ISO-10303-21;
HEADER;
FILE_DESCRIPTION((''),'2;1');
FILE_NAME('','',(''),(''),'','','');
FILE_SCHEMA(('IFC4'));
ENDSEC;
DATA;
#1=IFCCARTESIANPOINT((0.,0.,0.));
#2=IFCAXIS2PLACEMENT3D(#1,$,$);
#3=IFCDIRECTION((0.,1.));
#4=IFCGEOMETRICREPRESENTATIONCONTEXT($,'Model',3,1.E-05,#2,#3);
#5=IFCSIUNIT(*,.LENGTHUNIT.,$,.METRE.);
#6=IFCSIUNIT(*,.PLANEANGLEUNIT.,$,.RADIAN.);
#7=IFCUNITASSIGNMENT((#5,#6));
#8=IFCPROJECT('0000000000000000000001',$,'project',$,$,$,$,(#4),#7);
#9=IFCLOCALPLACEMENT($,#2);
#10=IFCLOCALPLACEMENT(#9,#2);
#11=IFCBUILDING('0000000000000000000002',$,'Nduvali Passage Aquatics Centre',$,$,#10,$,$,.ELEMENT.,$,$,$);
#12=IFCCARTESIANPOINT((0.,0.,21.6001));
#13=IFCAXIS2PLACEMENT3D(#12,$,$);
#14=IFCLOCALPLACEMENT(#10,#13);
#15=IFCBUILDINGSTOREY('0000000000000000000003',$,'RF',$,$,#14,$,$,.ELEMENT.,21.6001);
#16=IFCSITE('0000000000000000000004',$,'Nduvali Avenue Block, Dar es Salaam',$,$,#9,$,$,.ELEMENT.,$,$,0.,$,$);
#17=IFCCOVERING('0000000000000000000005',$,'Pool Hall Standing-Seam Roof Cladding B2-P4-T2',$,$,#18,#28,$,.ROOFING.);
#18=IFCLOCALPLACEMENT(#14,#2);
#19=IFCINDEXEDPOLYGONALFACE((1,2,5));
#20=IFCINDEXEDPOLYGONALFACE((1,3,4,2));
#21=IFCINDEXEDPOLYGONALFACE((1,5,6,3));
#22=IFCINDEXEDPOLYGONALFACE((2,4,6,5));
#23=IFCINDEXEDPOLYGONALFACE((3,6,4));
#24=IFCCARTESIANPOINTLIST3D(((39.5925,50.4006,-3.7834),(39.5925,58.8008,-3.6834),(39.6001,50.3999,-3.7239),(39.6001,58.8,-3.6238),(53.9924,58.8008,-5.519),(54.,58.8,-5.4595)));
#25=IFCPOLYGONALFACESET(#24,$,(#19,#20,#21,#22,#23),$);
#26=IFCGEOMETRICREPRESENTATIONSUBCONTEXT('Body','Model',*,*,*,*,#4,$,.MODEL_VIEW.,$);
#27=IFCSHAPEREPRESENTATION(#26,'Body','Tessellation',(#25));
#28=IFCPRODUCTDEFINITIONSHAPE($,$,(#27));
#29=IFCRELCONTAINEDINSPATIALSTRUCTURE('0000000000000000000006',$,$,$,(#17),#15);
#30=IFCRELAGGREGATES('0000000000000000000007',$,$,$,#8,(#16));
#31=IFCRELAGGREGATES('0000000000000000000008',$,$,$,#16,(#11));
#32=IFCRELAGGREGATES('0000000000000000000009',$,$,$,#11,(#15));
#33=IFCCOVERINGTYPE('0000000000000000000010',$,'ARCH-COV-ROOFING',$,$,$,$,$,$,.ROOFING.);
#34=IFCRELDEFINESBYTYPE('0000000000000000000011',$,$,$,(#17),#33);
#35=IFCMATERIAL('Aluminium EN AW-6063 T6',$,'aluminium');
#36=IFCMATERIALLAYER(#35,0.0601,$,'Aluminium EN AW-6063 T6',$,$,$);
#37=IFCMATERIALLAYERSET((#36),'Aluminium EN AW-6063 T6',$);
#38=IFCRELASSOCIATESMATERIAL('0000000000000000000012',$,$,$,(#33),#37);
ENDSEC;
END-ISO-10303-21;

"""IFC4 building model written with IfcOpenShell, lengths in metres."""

from ifc_helpers import new_model, si_unit, direction, frame, origin, place, context, subcontext, project, spatial, polyline, outline, extrude, material, layer, layer_set, type_object, element, save


model = new_model("IFC4")

# Units and contexts
model_context = context("Model", 3, precision=1e-05, world=origin(), true_north=direction((0.0, 1.0)))
body_context = subcontext(model_context, "Body", "Model", "MODEL_VIEW")
ifc_project = project(units=[si_unit("LENGTHUNIT", "METRE"), si_unit("PLANEANGLEUNIT", "RADIAN")], contexts=[model_context])

# Site, building, storey
site_placement = place(None, origin())
site = spatial("IfcSite", under=ifc_project, at=site_placement, Name="Nduvali Avenue Block, Dar es Salaam", CompositionType="ELEMENT", RefElevation=0.0)
building_placement = place(site_placement, origin())
building = spatial("IfcBuilding", under=site, at=building_placement, Name="Nduvali Passage Aquatics Centre", CompositionType="ELEMENT")
storey_placement = place(building_placement, frame((0.0, 0.0, 21.6001)))
storey = spatial("IfcBuildingStorey", under=building, at=storey_placement, Name="RF", CompositionType="ELEMENT", Elevation=21.6001)

# Covering
ifc_material_1 = material(Name="Aluminium EN AW-6063 T6", Category="aluminium")
ifc_layer_1 = layer(ifc_material_1, 0.0601, Name="Aluminium EN AW-6063 T6")
ifc_layer_set_1 = layer_set([ifc_layer_1], Name="Aluminium EN AW-6063 T6")
covering_type = type_object("IfcCoveringType", Name="ARCH-COV-ROOFING", PredefinedType="ROOFING", material=ifc_layer_set_1)
covering_1_placement = place(storey_placement, frame((39.6001, 50.3999, -3.7239), z_axis=(0.126447, -0.01182, 0.991903), x_axis=(0.85913, 0.501171, -0.10355)))
element("IfcCovering", 1, at=covering_1_placement, inside=storey, type_object=covering_type, Name="Pool Hall Standing-Seam Roof Cladding B2-P4-T2", PredefinedType="ROOFING", context=body_context, shape_type="SweptSolid", body=[
    extrude(outline(polyline([(0.0, 0.0), (16.761, 0.0), (4.1995, 7.2757), (0.0, 0.0)])), origin(), (0.0, 0.0, -1.0), 0.0601),
])

save(model, "model.ifc")
